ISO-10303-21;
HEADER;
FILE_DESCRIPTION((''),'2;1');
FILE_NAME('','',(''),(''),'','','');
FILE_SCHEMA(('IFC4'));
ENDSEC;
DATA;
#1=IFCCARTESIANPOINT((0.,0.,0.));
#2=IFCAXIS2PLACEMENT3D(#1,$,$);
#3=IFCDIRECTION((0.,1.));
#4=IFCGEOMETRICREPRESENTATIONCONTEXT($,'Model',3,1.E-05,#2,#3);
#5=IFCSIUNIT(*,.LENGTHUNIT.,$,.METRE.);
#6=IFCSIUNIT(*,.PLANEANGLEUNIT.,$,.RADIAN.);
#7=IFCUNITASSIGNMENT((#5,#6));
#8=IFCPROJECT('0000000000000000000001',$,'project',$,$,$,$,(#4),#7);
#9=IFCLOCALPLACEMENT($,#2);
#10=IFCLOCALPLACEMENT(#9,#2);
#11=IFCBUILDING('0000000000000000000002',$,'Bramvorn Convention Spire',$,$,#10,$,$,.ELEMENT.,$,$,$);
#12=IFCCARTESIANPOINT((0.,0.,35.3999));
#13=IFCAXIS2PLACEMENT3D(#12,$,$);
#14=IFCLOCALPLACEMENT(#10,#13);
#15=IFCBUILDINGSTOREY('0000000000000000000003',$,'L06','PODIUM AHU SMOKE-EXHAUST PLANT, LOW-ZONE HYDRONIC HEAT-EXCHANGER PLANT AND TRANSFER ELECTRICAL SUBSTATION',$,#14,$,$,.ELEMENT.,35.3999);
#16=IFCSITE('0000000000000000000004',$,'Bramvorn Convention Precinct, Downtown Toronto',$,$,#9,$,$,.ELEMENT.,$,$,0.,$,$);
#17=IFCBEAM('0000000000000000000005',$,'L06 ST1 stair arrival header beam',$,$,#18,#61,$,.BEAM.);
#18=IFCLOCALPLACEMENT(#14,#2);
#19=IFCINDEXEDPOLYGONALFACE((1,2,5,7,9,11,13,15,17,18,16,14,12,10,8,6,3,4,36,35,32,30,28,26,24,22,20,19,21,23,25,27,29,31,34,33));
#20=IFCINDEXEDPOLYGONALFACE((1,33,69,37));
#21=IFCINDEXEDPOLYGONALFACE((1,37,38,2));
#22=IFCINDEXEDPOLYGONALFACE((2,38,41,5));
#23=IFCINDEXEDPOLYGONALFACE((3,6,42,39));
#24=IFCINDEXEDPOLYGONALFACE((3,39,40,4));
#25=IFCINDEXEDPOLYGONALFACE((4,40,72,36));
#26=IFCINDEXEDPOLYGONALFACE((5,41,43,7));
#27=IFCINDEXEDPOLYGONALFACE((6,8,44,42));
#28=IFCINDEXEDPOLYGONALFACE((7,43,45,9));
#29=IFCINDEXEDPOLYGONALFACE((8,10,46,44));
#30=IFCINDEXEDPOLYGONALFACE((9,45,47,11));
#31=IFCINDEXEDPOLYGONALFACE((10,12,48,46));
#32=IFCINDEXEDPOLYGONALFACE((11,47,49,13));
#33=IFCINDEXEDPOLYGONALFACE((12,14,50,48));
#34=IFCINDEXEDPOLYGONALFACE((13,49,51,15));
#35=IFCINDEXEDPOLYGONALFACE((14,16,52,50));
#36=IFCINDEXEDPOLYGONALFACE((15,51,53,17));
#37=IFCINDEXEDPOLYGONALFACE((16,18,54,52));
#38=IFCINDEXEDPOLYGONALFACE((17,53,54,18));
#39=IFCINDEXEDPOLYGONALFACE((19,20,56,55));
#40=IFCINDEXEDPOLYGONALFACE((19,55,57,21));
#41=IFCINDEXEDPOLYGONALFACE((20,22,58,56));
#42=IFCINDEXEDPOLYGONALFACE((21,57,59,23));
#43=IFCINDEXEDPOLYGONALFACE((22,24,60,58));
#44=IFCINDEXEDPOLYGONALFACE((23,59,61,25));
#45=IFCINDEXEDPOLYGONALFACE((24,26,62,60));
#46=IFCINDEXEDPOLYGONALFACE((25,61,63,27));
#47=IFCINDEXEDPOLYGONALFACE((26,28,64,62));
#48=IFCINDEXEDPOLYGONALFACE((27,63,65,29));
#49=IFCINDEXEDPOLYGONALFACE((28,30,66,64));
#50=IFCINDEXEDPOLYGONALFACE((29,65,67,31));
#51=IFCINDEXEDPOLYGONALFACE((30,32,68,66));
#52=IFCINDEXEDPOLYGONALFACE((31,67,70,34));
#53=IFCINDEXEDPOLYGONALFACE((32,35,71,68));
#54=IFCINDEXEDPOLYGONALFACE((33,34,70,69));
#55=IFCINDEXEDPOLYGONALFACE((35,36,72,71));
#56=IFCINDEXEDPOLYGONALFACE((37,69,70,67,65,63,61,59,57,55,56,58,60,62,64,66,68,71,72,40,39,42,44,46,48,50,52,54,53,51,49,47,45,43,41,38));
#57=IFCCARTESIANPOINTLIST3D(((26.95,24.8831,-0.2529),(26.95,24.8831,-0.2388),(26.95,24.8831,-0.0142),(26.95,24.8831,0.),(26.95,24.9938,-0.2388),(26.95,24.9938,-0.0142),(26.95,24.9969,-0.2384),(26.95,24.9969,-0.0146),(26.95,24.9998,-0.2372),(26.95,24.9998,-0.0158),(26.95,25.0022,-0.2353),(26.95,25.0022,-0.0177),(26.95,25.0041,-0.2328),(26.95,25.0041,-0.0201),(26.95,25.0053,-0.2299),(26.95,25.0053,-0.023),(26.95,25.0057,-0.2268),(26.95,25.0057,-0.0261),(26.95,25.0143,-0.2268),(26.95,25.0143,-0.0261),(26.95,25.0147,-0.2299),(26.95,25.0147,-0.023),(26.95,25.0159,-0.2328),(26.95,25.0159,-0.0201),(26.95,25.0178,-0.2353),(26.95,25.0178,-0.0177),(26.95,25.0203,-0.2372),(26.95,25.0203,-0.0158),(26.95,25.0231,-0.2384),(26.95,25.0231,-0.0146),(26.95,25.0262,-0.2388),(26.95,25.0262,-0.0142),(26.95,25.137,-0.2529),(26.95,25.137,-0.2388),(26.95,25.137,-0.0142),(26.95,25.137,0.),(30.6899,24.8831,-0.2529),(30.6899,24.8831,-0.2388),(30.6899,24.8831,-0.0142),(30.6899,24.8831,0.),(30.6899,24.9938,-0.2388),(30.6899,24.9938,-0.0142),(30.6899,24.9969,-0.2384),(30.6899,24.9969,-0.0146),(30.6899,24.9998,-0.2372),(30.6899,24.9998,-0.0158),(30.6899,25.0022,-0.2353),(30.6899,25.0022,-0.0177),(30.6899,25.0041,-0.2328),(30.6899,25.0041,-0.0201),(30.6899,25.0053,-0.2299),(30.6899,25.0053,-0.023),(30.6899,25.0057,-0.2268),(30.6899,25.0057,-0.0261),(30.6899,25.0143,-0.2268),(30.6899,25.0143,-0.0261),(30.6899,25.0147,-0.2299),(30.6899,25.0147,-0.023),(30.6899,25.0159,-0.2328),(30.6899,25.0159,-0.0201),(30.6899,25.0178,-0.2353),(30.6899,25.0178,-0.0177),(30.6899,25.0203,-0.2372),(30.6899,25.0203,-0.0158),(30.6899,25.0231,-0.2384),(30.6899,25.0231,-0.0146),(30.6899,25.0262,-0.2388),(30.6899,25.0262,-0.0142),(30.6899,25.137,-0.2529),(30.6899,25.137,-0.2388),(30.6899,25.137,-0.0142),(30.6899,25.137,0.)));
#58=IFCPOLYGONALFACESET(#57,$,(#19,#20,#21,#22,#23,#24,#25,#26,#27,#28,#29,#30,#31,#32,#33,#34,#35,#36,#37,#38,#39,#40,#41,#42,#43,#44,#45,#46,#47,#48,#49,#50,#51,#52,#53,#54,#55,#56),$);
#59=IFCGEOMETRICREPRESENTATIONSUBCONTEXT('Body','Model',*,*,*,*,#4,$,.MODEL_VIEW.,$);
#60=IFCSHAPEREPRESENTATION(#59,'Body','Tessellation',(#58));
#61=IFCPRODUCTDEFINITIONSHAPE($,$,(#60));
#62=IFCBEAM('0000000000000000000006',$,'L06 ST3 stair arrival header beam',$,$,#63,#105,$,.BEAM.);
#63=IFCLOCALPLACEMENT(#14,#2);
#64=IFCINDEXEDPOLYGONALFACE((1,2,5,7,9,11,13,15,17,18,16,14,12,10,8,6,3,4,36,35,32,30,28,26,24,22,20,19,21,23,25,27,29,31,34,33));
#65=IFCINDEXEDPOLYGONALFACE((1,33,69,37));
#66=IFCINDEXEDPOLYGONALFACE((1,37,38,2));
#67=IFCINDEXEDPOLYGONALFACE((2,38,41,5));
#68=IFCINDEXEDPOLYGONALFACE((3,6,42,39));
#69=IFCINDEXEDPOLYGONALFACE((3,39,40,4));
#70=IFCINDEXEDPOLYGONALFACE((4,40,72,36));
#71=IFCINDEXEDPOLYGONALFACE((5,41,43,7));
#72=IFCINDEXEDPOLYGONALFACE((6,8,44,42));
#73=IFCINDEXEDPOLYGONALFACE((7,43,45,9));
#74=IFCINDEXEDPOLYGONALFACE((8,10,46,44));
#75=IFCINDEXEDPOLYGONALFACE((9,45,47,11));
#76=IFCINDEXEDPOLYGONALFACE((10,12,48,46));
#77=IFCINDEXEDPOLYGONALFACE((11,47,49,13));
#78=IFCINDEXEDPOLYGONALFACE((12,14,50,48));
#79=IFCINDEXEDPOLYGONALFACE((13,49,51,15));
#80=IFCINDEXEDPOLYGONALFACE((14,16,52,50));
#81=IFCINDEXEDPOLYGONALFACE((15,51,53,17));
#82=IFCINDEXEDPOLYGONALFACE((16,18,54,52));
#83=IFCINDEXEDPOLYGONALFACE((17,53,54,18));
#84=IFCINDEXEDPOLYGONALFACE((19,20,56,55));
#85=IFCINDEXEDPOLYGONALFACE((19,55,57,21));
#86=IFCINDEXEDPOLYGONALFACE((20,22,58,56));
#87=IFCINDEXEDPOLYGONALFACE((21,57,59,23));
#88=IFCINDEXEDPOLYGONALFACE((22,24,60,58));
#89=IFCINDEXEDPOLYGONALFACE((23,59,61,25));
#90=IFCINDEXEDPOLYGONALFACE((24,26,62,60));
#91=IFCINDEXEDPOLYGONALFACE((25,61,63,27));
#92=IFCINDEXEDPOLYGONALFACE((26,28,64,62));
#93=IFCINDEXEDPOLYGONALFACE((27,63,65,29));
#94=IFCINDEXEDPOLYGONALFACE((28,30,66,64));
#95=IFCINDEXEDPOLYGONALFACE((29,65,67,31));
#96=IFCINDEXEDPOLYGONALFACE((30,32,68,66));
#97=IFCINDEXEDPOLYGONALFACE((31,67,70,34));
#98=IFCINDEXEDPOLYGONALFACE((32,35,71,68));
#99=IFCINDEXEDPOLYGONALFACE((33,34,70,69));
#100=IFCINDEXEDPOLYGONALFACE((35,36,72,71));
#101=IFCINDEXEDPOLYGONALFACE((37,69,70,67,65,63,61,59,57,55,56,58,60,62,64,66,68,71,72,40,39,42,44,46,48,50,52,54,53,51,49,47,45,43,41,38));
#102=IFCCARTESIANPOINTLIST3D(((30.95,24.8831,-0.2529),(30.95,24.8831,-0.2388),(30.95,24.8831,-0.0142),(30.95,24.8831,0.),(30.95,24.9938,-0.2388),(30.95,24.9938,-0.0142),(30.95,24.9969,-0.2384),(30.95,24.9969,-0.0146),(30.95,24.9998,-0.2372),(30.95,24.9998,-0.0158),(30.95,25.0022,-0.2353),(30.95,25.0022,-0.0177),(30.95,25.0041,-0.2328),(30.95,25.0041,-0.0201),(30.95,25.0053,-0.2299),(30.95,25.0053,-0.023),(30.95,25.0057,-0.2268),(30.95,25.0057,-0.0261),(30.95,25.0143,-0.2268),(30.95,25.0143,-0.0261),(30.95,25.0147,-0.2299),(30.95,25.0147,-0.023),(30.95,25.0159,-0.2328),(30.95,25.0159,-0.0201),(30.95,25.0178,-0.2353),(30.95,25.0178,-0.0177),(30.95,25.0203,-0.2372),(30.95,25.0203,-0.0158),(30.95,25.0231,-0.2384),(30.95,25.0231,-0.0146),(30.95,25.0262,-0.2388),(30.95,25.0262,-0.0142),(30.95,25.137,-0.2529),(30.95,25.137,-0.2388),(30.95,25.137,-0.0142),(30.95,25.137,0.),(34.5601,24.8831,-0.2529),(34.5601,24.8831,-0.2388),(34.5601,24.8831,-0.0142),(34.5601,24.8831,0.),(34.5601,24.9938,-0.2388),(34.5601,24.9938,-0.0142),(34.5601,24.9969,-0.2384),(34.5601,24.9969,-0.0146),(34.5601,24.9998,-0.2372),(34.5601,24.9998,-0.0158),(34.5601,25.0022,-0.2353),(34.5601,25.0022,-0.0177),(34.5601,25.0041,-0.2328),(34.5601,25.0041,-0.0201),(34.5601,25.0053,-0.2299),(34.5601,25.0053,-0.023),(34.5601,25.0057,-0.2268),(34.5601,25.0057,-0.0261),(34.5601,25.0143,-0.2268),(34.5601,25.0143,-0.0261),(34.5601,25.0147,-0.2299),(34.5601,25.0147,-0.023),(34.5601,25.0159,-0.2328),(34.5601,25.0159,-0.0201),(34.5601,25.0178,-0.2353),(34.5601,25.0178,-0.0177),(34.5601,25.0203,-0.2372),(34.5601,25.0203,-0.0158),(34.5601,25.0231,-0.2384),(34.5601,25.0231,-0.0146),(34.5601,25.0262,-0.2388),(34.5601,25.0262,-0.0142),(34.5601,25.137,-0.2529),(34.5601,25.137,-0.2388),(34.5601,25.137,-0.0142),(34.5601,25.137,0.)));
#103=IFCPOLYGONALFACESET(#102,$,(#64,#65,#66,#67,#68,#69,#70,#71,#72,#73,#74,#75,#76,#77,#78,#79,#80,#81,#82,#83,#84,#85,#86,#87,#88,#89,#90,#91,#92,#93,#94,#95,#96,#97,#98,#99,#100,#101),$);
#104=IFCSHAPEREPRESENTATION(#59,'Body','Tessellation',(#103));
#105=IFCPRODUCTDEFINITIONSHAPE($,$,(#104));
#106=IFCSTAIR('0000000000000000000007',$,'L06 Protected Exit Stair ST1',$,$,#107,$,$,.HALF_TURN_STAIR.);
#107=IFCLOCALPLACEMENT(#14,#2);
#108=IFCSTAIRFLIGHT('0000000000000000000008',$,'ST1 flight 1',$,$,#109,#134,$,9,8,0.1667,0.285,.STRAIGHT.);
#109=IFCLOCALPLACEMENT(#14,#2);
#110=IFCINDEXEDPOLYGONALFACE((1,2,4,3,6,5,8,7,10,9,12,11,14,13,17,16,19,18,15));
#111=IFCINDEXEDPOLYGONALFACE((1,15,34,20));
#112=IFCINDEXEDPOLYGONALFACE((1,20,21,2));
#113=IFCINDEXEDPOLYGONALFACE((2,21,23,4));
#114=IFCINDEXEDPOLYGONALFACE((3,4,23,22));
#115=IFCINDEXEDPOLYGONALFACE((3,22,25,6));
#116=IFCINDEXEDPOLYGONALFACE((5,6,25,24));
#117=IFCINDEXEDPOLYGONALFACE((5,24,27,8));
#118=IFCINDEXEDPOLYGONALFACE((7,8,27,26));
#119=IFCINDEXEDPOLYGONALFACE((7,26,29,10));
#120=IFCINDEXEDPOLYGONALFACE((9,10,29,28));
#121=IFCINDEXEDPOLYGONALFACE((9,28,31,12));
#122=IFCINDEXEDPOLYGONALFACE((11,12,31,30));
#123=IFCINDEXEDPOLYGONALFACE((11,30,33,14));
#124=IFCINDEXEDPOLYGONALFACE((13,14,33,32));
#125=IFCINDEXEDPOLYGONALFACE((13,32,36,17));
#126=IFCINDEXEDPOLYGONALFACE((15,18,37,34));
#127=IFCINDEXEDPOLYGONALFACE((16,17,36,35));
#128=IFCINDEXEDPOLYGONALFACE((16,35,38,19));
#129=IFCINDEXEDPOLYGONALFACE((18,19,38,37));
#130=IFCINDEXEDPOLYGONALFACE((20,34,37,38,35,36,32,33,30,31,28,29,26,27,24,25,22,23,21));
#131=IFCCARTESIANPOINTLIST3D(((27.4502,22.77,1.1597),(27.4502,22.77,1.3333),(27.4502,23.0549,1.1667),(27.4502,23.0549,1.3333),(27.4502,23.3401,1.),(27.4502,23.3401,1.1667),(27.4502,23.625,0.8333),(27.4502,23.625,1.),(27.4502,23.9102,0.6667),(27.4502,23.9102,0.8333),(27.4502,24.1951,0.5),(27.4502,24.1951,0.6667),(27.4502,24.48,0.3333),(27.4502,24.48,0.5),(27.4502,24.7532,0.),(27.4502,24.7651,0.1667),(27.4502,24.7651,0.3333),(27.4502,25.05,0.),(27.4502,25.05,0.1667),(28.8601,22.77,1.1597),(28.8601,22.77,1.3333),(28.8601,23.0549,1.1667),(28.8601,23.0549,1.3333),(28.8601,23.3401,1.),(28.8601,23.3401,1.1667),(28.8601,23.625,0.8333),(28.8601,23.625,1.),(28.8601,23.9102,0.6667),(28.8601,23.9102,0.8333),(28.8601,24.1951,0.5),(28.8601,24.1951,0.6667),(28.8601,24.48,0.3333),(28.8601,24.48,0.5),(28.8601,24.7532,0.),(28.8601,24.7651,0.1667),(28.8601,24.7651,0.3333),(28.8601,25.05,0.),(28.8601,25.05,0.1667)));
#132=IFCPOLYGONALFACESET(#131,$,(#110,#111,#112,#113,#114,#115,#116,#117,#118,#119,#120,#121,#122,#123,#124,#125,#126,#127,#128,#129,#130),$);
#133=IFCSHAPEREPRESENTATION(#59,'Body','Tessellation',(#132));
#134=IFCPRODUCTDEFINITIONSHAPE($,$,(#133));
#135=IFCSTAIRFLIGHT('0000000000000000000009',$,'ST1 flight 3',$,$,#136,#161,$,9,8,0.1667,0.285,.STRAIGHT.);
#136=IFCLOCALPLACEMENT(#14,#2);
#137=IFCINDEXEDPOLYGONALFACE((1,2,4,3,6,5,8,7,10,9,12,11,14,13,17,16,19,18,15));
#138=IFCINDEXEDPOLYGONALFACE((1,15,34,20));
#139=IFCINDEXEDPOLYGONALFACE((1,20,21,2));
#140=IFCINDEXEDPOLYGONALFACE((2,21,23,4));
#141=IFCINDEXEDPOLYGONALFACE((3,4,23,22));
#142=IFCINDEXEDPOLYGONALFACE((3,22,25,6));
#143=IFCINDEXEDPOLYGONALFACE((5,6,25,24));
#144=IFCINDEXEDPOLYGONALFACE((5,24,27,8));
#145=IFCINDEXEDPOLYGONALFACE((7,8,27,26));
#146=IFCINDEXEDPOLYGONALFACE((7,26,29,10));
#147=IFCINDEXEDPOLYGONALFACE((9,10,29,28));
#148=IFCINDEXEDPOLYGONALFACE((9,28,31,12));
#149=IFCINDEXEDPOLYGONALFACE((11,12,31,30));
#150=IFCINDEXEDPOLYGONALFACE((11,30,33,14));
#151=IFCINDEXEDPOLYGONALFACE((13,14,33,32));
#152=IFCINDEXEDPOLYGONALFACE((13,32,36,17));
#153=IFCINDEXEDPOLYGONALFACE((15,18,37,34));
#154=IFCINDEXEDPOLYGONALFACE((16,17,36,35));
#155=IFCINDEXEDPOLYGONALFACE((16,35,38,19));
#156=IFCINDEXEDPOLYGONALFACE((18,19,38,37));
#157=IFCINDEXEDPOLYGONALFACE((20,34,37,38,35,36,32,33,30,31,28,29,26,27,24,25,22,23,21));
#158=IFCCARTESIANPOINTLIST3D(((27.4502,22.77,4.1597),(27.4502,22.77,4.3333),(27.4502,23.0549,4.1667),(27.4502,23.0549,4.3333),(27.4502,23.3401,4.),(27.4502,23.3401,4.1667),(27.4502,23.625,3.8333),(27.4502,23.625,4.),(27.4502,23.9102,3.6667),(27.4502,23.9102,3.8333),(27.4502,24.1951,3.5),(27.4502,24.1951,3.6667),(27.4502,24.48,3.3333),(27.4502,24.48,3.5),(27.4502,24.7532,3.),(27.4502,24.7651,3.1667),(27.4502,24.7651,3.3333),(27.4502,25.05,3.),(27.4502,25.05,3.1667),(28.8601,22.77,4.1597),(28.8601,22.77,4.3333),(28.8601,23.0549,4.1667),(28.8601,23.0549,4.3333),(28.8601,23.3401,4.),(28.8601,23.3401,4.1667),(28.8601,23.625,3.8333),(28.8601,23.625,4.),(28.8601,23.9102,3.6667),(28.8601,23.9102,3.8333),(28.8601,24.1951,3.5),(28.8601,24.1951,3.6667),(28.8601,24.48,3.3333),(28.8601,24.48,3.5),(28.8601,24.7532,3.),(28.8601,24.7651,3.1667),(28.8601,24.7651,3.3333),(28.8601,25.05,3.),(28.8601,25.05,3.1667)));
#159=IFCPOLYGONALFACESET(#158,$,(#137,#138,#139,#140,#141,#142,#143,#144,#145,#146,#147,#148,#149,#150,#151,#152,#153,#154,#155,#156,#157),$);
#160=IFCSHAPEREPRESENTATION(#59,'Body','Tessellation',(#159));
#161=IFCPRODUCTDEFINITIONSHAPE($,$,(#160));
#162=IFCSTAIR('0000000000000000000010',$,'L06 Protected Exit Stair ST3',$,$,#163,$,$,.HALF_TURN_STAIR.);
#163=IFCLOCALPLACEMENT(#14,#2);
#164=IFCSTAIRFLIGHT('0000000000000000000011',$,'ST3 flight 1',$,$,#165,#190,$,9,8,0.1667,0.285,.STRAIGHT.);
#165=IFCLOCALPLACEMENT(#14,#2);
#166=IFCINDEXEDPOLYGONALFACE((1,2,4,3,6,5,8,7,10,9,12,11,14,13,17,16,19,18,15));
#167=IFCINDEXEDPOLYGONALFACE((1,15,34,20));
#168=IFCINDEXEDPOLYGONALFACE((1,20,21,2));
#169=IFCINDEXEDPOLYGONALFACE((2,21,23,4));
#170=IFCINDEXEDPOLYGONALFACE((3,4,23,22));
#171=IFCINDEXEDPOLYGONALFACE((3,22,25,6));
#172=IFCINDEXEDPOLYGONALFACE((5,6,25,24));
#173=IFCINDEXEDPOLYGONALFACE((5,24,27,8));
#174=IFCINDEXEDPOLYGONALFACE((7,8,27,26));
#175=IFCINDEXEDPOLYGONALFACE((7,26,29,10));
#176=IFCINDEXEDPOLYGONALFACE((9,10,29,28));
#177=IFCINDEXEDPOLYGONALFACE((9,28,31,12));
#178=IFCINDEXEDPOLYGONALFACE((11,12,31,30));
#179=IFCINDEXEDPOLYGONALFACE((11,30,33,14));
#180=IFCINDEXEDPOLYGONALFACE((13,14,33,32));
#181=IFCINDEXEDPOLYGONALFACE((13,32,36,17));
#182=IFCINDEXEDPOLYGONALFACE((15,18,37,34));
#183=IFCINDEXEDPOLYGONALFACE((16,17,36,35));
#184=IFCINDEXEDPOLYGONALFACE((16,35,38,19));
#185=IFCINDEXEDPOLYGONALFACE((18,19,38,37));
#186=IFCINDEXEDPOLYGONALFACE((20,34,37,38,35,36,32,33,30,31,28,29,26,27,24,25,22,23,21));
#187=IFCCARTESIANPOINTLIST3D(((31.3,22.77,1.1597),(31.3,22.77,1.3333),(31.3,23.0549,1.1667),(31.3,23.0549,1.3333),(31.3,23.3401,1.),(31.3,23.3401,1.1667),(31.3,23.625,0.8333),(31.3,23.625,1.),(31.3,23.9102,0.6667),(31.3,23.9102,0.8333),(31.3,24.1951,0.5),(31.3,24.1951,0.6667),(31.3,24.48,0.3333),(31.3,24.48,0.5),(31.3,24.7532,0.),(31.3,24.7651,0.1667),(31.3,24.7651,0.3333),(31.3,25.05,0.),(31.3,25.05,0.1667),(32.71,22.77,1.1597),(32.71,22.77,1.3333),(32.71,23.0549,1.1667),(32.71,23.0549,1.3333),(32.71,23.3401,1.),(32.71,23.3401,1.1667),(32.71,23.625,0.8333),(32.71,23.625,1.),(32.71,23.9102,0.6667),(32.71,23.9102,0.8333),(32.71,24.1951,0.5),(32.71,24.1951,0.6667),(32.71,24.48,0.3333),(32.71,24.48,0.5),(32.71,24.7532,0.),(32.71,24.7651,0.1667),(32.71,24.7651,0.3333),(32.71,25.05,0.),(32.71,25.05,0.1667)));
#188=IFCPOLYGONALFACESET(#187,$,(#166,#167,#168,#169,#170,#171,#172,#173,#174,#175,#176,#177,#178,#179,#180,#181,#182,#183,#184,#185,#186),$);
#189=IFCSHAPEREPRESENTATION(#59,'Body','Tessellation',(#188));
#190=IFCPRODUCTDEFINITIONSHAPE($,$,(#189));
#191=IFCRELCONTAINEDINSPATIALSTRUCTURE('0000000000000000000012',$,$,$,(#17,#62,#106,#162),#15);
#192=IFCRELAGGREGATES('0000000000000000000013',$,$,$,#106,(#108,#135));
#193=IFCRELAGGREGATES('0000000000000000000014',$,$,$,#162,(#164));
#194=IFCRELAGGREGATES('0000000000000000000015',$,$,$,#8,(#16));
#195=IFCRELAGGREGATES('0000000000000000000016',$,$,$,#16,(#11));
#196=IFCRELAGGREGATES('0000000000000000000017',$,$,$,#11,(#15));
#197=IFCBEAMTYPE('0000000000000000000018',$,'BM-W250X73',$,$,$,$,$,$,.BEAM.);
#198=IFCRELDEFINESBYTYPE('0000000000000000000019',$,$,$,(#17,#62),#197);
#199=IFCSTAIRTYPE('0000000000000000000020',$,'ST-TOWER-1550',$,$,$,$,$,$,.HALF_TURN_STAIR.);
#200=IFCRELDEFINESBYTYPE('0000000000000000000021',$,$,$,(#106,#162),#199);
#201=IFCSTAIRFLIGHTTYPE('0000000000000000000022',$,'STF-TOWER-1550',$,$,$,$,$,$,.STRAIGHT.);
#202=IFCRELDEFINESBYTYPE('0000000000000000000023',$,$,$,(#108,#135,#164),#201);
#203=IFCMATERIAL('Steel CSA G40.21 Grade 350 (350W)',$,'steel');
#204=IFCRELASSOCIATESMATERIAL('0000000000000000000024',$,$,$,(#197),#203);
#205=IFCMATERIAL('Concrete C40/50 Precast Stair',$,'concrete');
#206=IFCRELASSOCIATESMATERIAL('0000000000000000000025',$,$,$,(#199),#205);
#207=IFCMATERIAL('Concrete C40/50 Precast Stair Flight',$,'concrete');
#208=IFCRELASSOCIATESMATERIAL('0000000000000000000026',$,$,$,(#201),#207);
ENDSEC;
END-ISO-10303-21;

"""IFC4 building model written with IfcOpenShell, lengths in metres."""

from ifc_helpers import new_model, si_unit, direction, frame, origin, origin_2d, place, context, subcontext, project, spatial, polyline, i_section, outline, extrude, material, material_profile, profile_set, type_object, element, aggregate, save


model = new_model("IFC4")

# Units and contexts
model_context = context("Model", 3, precision=1e-05, world=origin(), true_north=direction((0.0, 1.0)))
body_context = subcontext(model_context, "Body", "Model", "MODEL_VIEW")
ifc_project = project(units=[si_unit("LENGTHUNIT", "METRE"), si_unit("PLANEANGLEUNIT", "RADIAN")], contexts=[model_context])

# Site, building, storey
site_placement = place(None, origin())
site = spatial("IfcSite", under=ifc_project, at=site_placement, Name="Bramvorn Convention Precinct, Downtown Toronto", CompositionType="ELEMENT", RefElevation=0.0)
building_placement = place(site_placement, origin())
building = spatial("IfcBuilding", under=site, at=building_placement, Name="Bramvorn Convention Spire", CompositionType="ELEMENT")
storey_placement = place(building_placement, frame((0.0, 0.0, 35.3999)))
storey = spatial("IfcBuildingStorey", under=building, at=storey_placement, Name="L06", Description="PODIUM AHU SMOKE-EXHAUST PLANT, LOW-ZONE HYDRONIC HEAT-EXCHANGER PLANT AND TRANSFER ELECTRICAL SUBSTATION", CompositionType="ELEMENT", Elevation=35.3999)

# Beams
ifc_material_1 = material(Name="Steel CSA G40.21 Grade 350 (350W)", Category="steel")
ifc_material_profile = material_profile(ifc_material_1, i_section(OverallWidth=0.2539, OverallDepth=0.2529, WebThickness=0.0085, FlangeThickness=0.0142, FilletRadius=0.012, at=origin_2d()))
ifc_profile_set = profile_set([ifc_material_profile], Name="Steel CSA G40.21 Grade 350 (350W) - W250X73")
beam_type = type_object("IfcBeamType", Name="BM-W250X73", PredefinedType="BEAM", material=ifc_profile_set)
beam_1_placement = place(storey_placement, frame((26.95, 25.01, -0.1265), z_axis=(1.0, 0.0, 0.0), x_axis=(0.0, 1.0, 0.0)))
element("IfcBeam", 1, at=beam_1_placement, inside=storey, type_object=beam_type, Name="L06 ST1 stair arrival header beam", PredefinedType="BEAM", context=body_context, shape_type="SweptSolid", body=[
    extrude(i_section(OverallWidth=0.2539, OverallDepth=0.2529, WebThickness=0.0085, FlangeThickness=0.0142, FilletRadius=0.012, at=origin_2d()), origin(), (0.0, 0.0, 1.0), 3.74),
])
beam_2_placement = place(storey_placement, frame((30.95, 25.01, -0.1265), z_axis=(1.0, 0.0, 0.0), x_axis=(0.0, 1.0, 0.0)))
element("IfcBeam", 2, at=beam_2_placement, inside=storey, type_object=beam_type, Name="L06 ST3 stair arrival header beam", PredefinedType="BEAM", context=body_context, shape_type="SweptSolid", body=[
    extrude(i_section(OverallWidth=0.2539, OverallDepth=0.2529, WebThickness=0.0085, FlangeThickness=0.0142, FilletRadius=0.012, at=origin_2d()), origin(), (0.0, 0.0, 1.0), 3.6101),
])

# Stairs, stair flights
ifc_material_2 = material(Name="Concrete C40/50 Precast Stair", Category="concrete")
stair_type = type_object("IfcStairType", Name="ST-TOWER-1550", PredefinedType="HALF_TURN_STAIR", material=ifc_material_2)
stair_1_placement = place(storey_placement, origin())
stair_1 = element("IfcStair", 3, at=stair_1_placement, inside=storey, type_object=stair_type, Name="L06 Protected Exit Stair ST1", PredefinedType="HALF_TURN_STAIR")
ifc_material_3 = material(Name="Concrete C40/50 Precast Stair Flight", Category="concrete")
stair_flight_type = type_object("IfcStairFlightType", Name="STF-TOWER-1550", PredefinedType="STRAIGHT", material=ifc_material_3)
stair_flight_1_placement = place(storey_placement, frame((28.155, 25.05, 0.0), z_axis=(0.0, 0.0, 1.0), x_axis=(0.0, -1.0, 0.0)))
stair_flight_1 = element("IfcStairFlight", 4, at=stair_flight_1_placement, type_object=stair_flight_type, Name="ST1 flight 1", NumberOfRisers=9, NumberOfTreads=8, PredefinedType="STRAIGHT", RiserHeight=0.1667, TreadLength=0.285, context=body_context, shape_type="SweptSolid", body=[
    extrude(outline(polyline([(0.0, 0.0), (0.0, 0.1667), (0.2849, 0.1667), (0.2849, 0.3333), (0.5701, 0.3333), (0.5701, 0.5), (0.855, 0.5), (0.855, 0.6667), (1.1399, 0.6667), (1.1399, 0.8333), (1.425, 0.8333), (1.425, 1.0), (1.71, 1.0), (1.71, 1.1667), (1.9951, 1.1667), (1.9951, 1.3333), (2.28, 1.3333), (2.28, 1.5), (2.28, 1.1597), (0.2969, 0.0), (0.0, 0.0)])), frame((0.0, 0.7051, 0.0), z_axis=(0.0, -1.0, 0.0), x_axis=(1.0, 0.0, 0.0)), (0.0, 0.0, 1.0), 1.4099),
])
stair_flight_2_placement = place(storey_placement, frame((28.155, 25.05, 3.0), z_axis=(0.0, 0.0, 1.0), x_axis=(0.0, -1.0, 0.0)))
stair_flight_2 = element("IfcStairFlight", 5, at=stair_flight_2_placement, type_object=stair_flight_type, Name="ST1 flight 3", NumberOfRisers=9, NumberOfTreads=8, PredefinedType="STRAIGHT", RiserHeight=0.1667, TreadLength=0.285, context=body_context, shape_type="SweptSolid", body=[
    extrude(outline(polyline([(0.0, 0.0), (0.0, 0.1667), (0.2849, 0.1667), (0.2849, 0.3333), (0.5701, 0.3333), (0.5701, 0.5), (0.855, 0.5), (0.855, 0.6667), (1.1399, 0.6667), (1.1399, 0.8333), (1.425, 0.8333), (1.425, 1.0), (1.71, 1.0), (1.71, 1.1667), (1.9951, 1.1667), (1.9951, 1.3333), (2.28, 1.3333), (2.28, 1.5), (2.28, 1.1597), (0.2969, 0.0), (0.0, 0.0)])), frame((0.0, 0.7051, 0.0), z_axis=(0.0, -1.0, 0.0), x_axis=(1.0, 0.0, 0.0)), (0.0, 0.0, 1.0), 1.4099),
])
aggregate(stair_1, [stair_flight_1, stair_flight_2])
stair_2_placement = place(storey_placement, origin())
stair_2 = element("IfcStair", 6, at=stair_2_placement, inside=storey, type_object=stair_type, Name="L06 Protected Exit Stair ST3", PredefinedType="HALF_TURN_STAIR")
stair_flight_3_placement = place(storey_placement, frame((32.0049, 25.05, 0.0), z_axis=(0.0, 0.0, 1.0), x_axis=(0.0, -1.0, 0.0)))
stair_flight_3 = element("IfcStairFlight", 7, at=stair_flight_3_placement, type_object=stair_flight_type, Name="ST3 flight 1", NumberOfRisers=9, NumberOfTreads=8, PredefinedType="STRAIGHT", RiserHeight=0.1667, TreadLength=0.285, context=body_context, shape_type="SweptSolid", body=[
    extrude(outline(polyline([(0.0, 0.0), (0.0, 0.1667), (0.2849, 0.1667), (0.2849, 0.3333), (0.5701, 0.3333), (0.5701, 0.5), (0.855, 0.5), (0.855, 0.6667), (1.1399, 0.6667), (1.1399, 0.8333), (1.425, 0.8333), (1.425, 1.0), (1.71, 1.0), (1.71, 1.1667), (1.9951, 1.1667), (1.9951, 1.3333), (2.28, 1.3333), (2.28, 1.5), (2.28, 1.1597), (0.2969, 0.0), (0.0, 0.0)])), frame((0.0, 0.7051, 0.0), z_axis=(0.0, -1.0, 0.0), x_axis=(1.0, 0.0, 0.0)), (0.0, 0.0, 1.0), 1.4099),
])
aggregate(stair_2, [stair_flight_3])

save(model, "model.ifc")
